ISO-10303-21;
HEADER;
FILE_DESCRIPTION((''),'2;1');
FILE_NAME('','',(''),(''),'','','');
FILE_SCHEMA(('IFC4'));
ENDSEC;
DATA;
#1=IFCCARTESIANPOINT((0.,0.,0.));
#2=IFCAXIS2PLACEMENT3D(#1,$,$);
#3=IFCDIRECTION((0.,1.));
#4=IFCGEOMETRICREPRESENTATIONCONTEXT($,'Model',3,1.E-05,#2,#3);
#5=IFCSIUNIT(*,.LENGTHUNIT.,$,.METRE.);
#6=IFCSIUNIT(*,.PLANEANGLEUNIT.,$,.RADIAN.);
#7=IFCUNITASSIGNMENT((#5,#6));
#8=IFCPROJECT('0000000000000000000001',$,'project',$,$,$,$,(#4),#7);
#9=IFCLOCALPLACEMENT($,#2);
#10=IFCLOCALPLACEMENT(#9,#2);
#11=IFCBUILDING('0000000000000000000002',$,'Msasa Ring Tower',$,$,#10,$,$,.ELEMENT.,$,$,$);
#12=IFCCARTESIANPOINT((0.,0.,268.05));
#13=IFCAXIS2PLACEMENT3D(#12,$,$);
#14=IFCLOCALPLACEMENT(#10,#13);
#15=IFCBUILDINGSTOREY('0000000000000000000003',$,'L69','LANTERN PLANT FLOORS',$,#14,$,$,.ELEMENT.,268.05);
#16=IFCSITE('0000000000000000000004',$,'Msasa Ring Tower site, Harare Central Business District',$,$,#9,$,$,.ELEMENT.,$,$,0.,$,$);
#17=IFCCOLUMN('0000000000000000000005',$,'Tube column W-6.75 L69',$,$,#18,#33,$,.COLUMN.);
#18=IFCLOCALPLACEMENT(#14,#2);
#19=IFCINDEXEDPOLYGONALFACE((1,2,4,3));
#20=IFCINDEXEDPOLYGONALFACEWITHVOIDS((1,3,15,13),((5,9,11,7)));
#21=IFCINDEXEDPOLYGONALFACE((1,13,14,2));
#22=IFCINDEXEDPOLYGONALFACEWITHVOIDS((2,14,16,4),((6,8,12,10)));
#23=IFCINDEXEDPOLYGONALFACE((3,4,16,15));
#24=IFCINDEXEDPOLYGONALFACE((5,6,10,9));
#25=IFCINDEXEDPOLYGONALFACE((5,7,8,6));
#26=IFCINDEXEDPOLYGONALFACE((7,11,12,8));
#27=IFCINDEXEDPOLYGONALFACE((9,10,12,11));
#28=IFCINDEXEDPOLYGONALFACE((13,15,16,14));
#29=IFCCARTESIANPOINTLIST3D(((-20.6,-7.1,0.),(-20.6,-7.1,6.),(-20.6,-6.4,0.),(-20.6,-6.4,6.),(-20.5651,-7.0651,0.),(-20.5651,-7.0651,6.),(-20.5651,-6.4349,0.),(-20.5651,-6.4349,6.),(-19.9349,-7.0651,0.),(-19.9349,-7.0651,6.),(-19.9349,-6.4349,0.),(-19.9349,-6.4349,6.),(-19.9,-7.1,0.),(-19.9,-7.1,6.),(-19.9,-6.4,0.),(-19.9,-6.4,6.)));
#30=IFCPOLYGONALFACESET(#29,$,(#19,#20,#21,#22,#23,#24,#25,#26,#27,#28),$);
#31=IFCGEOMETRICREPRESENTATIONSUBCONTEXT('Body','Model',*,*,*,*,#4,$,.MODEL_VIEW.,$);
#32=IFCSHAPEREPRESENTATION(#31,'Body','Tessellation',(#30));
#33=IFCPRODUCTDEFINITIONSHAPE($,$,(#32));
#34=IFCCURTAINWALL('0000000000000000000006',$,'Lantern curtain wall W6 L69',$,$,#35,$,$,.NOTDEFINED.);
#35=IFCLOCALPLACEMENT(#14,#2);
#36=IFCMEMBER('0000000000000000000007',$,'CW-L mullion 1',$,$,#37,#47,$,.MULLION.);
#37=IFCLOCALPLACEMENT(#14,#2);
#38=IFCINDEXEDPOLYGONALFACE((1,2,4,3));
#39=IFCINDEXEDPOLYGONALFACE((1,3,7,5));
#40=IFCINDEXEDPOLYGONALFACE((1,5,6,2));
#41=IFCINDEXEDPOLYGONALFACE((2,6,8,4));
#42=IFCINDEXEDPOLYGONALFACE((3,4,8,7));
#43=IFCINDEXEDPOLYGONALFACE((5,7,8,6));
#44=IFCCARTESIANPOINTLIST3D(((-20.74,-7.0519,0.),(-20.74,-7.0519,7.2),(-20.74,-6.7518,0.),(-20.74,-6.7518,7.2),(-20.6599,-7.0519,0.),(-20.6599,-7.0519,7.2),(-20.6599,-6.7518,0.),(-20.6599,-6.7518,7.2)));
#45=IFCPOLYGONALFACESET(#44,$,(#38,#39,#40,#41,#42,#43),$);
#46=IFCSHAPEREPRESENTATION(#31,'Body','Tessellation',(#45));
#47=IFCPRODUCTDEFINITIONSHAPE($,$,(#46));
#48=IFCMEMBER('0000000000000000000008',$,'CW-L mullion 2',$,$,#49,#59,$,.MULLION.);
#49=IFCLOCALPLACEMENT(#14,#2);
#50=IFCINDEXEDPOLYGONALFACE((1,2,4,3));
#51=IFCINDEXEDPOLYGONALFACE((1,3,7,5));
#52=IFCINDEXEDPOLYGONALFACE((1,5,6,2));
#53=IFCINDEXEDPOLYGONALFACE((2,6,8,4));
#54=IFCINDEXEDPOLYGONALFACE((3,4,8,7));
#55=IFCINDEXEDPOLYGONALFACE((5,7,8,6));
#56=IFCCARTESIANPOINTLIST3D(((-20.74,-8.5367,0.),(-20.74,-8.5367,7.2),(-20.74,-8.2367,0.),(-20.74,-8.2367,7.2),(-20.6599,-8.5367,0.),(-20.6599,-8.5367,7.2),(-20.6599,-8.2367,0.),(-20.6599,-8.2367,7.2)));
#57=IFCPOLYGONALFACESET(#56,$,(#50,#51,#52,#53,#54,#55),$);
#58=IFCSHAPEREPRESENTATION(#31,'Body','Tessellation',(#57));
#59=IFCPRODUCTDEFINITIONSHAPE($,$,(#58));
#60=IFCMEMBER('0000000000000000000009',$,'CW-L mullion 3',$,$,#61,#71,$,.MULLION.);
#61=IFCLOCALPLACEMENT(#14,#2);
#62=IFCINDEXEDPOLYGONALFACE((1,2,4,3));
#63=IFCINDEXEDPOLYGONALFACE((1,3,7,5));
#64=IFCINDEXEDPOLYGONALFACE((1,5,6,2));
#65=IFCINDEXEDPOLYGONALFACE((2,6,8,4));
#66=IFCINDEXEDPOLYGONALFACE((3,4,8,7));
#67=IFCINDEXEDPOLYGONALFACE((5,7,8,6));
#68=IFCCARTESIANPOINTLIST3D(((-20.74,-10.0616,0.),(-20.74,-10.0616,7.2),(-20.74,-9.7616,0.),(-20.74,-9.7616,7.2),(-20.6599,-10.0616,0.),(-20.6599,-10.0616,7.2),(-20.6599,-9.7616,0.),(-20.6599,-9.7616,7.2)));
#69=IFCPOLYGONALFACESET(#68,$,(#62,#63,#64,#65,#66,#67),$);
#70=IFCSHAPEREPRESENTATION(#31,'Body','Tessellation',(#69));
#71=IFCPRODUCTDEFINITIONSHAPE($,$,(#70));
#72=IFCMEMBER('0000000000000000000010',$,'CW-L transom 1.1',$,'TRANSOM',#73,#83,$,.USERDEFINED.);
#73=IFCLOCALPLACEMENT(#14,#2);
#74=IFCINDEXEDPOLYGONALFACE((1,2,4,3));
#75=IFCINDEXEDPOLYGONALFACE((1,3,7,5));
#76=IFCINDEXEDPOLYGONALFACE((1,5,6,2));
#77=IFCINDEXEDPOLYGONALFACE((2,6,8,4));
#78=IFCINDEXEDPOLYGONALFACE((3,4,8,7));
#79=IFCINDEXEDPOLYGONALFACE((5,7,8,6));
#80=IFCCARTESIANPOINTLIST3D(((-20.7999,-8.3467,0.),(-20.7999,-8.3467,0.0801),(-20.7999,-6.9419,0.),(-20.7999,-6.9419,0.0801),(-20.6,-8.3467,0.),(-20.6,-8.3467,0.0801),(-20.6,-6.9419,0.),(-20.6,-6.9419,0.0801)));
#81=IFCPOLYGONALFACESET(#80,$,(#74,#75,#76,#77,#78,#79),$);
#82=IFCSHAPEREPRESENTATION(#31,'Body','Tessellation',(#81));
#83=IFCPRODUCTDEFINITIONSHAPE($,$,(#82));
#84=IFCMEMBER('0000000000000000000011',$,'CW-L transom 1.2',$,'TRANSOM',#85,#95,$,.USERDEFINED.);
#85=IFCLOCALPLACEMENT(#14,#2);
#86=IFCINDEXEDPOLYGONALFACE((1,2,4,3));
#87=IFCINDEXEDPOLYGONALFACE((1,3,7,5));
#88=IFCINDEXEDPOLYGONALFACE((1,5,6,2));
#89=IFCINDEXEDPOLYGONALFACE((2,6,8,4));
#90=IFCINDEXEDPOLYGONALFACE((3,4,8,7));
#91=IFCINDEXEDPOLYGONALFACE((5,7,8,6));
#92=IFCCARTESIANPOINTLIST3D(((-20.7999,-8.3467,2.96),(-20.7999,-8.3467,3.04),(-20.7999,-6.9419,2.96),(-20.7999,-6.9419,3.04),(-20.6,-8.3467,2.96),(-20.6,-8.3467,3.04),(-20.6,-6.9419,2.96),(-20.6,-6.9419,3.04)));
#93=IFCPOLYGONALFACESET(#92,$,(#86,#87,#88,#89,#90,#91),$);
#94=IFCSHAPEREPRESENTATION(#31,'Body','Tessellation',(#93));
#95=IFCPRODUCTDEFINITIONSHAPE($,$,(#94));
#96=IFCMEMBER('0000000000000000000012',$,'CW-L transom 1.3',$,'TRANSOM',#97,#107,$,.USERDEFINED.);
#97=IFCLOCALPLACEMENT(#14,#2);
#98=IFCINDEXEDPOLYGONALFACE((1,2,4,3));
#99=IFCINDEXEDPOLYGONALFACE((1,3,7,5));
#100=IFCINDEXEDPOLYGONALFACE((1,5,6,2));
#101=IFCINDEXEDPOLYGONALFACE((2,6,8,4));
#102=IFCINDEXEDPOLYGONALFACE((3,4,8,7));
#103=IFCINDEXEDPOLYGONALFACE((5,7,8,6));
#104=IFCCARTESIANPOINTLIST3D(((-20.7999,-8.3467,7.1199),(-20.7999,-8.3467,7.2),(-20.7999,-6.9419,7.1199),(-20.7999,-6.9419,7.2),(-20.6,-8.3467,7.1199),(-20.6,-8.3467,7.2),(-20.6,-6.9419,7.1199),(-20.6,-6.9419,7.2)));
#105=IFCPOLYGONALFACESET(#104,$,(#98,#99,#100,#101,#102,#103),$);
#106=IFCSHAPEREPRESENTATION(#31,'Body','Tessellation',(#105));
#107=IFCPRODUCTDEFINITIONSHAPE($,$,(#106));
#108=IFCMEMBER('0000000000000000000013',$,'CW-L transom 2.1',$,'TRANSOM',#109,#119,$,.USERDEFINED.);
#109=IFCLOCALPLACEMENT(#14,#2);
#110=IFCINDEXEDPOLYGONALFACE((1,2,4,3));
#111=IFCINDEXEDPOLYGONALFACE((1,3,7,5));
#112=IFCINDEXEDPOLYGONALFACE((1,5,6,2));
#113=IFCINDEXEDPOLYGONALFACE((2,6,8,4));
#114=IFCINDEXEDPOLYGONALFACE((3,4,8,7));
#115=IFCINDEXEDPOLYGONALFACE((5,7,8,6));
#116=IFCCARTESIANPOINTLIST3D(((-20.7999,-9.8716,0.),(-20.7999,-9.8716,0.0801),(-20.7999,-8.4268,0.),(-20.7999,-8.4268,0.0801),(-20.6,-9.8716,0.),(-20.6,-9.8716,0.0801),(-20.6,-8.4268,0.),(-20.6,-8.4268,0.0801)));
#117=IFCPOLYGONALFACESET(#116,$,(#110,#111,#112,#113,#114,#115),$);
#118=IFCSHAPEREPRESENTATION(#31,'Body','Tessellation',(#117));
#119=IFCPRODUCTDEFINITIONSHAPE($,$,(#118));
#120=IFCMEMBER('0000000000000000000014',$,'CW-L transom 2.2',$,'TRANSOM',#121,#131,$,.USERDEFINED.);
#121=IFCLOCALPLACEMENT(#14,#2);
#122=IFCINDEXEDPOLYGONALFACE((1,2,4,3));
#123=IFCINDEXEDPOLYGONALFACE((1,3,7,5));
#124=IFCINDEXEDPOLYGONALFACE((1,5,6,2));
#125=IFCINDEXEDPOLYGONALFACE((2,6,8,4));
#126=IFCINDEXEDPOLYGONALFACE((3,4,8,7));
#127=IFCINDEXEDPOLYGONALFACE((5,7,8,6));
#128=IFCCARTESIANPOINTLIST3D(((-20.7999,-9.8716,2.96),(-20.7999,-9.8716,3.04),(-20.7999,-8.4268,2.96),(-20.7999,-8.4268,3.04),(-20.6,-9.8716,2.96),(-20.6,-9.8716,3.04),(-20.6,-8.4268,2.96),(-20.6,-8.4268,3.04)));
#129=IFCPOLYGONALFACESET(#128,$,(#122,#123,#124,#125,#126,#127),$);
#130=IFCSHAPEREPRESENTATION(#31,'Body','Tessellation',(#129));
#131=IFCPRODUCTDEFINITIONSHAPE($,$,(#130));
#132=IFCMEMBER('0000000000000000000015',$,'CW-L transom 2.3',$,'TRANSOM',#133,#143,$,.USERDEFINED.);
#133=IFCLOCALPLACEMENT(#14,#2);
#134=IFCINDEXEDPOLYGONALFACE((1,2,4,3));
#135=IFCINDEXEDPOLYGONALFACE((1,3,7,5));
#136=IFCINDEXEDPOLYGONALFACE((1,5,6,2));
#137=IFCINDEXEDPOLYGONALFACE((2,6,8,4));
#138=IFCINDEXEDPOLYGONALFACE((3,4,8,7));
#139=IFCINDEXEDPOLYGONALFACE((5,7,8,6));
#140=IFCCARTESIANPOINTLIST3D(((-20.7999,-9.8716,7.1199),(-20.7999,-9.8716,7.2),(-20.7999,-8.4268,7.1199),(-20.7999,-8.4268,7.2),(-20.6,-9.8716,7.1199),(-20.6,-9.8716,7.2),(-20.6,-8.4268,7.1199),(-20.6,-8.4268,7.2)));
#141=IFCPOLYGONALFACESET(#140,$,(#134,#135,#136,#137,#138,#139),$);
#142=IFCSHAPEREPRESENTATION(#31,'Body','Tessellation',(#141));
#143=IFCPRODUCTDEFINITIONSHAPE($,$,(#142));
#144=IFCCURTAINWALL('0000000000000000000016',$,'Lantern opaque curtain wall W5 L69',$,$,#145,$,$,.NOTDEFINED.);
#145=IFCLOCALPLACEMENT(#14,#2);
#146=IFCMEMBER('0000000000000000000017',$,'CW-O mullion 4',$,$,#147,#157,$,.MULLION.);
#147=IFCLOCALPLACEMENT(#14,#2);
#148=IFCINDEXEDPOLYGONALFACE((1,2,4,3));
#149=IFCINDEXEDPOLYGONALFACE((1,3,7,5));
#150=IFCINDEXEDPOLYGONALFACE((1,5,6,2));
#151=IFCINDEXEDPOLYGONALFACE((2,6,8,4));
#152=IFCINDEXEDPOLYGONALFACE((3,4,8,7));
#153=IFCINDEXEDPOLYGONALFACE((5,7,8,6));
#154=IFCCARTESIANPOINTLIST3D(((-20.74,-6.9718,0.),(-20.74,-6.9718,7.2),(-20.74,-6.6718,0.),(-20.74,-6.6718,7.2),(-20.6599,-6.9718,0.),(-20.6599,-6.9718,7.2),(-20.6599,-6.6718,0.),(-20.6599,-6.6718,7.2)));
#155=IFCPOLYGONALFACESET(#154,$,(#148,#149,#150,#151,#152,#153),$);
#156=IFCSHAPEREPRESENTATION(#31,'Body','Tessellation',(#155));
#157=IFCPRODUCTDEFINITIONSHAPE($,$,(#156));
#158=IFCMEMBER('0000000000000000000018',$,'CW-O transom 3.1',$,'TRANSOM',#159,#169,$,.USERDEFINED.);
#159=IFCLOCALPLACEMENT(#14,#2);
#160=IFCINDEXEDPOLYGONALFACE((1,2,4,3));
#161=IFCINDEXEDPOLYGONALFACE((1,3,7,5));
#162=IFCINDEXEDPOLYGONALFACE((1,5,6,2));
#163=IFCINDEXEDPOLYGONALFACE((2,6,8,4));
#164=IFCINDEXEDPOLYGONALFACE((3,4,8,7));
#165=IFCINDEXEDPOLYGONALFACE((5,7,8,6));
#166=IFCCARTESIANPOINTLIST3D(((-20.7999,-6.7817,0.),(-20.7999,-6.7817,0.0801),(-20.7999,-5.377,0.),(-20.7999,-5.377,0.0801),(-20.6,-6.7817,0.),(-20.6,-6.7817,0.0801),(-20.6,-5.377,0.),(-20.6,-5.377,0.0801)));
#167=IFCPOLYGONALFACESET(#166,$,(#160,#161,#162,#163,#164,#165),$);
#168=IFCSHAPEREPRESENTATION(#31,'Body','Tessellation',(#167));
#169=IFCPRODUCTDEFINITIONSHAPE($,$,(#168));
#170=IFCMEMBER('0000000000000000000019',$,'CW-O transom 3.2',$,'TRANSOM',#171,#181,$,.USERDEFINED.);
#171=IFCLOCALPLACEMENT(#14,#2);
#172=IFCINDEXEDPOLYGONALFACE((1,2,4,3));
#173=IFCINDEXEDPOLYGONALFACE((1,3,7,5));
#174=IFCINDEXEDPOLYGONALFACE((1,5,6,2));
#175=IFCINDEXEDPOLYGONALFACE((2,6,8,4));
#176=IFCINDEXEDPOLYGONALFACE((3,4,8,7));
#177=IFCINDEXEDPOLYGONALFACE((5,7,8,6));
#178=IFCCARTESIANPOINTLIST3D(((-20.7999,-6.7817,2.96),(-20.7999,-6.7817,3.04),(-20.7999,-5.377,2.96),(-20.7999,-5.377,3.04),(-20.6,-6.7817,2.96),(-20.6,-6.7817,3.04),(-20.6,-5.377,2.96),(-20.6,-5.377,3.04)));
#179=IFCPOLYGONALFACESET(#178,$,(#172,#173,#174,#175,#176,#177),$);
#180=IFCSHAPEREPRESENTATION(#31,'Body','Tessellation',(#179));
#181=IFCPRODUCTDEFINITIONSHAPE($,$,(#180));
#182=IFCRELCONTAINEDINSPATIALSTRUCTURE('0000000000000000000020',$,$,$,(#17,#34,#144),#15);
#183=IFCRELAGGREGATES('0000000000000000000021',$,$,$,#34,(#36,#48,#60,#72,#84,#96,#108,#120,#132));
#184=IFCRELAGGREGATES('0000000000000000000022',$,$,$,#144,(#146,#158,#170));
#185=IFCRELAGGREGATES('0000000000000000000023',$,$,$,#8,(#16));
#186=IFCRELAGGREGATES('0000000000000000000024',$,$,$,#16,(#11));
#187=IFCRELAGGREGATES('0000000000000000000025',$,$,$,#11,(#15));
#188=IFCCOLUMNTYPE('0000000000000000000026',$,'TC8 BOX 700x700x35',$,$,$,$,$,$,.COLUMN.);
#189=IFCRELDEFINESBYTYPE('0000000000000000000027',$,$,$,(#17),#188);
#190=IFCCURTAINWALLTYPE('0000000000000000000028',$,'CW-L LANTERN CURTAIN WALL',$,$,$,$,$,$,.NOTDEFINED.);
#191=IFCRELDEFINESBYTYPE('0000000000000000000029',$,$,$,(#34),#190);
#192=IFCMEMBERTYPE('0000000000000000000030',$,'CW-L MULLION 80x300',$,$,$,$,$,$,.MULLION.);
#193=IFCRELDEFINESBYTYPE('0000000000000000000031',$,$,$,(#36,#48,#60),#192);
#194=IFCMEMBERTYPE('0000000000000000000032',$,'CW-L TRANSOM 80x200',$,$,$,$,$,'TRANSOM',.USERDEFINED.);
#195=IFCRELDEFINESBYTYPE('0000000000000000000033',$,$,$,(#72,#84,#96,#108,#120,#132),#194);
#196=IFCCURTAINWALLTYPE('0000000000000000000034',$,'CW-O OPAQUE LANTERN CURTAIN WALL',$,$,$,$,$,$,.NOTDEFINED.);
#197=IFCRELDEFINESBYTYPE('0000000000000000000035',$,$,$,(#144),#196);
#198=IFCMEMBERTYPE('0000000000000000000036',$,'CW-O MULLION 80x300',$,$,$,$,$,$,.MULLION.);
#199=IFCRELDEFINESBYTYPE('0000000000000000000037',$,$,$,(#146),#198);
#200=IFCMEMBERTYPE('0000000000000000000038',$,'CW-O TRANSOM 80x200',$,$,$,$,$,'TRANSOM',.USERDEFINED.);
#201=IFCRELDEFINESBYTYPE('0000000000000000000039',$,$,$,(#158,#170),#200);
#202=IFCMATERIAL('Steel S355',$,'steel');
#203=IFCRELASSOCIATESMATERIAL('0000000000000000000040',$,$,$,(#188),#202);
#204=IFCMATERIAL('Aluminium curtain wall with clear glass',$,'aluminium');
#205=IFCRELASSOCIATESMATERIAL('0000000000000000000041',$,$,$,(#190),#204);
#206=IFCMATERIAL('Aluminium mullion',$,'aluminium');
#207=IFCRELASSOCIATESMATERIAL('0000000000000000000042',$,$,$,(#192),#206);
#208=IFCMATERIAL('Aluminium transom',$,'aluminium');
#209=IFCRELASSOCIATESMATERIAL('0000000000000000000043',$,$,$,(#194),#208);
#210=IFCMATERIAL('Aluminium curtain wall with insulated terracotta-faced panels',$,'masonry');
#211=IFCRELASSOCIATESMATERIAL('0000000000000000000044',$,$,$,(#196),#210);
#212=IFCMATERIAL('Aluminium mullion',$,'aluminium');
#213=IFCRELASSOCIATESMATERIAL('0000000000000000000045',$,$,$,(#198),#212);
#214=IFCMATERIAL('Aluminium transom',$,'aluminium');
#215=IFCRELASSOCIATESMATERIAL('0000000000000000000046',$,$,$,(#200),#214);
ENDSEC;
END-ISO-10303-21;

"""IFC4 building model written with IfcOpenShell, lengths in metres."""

from ifc_helpers import new_model, si_unit, direction, frame, origin, origin_2d, place, context, subcontext, project, spatial, rectangle, hollow_rectangle, extrude, material, material_profile, profile_set, type_object, element, aggregate, save


model = new_model("IFC4")

# Units and contexts
model_context = context("Model", 3, precision=1e-05, world=origin(), true_north=direction((0.0, 1.0)))
body_context = subcontext(model_context, "Body", "Model", "MODEL_VIEW")
ifc_project = project(units=[si_unit("LENGTHUNIT", "METRE"), si_unit("PLANEANGLEUNIT", "RADIAN")], contexts=[model_context])

# Site, building, storey
site_placement = place(None, origin())
site = spatial("IfcSite", under=ifc_project, at=site_placement, Name="Msasa Ring Tower site, Harare Central Business District", CompositionType="ELEMENT", RefElevation=0.0)
building_placement = place(site_placement, origin())
building = spatial("IfcBuilding", under=site, at=building_placement, Name="Msasa Ring Tower", CompositionType="ELEMENT")
storey_placement = place(building_placement, frame((0.0, 0.0, 268.05)))
storey = spatial("IfcBuildingStorey", under=building, at=storey_placement, Name="L69", Description="LANTERN PLANT FLOORS", CompositionType="ELEMENT", Elevation=268.05)

# Column
ifc_material_1 = material(Name="Steel S355", Category="steel")
ifc_material_profile_1 = material_profile(ifc_material_1, hollow_rectangle(XDim=0.7, YDim=0.7, WallThickness=0.0349, at=origin_2d()), Name="BOX 700x700x35")
ifc_profile_set_1 = profile_set([ifc_material_profile_1], Name="Steel S355")
column_type = type_object("IfcColumnType", Name="TC8 BOX 700x700x35", PredefinedType="COLUMN", material=ifc_profile_set_1)
column_placement = place(storey_placement, frame((-20.25, -6.75, 0.0), z_axis=(0.0, 0.0, 1.0), x_axis=(1.0, 0.0, 0.0)))
element("IfcColumn", 1, at=column_placement, inside=storey, type_object=column_type, Name="Tube column W-6.75 L69", PredefinedType="COLUMN", context=body_context, shape_type="SweptSolid", body=[
    extrude(hollow_rectangle(XDim=0.7, YDim=0.7, WallThickness=0.0349, at=origin_2d()), origin(), (0.0, 0.0, 1.0), 6.0),
])

# Curtain walls, members
ifc_material_2 = material(Name="Aluminium curtain wall with clear glass", Category="aluminium")
curtain_wall_type_1 = type_object("IfcCurtainWallType", Name="CW-L LANTERN CURTAIN WALL", PredefinedType="NOTDEFINED", material=ifc_material_2)
curtain_wall_1_placement = place(storey_placement, origin())
curtain_wall_1 = element("IfcCurtainWall", 2, at=curtain_wall_1_placement, inside=storey, type_object=curtain_wall_type_1, Name="Lantern curtain wall W6 L69", PredefinedType="NOTDEFINED")
ifc_material_3 = material(Name="Aluminium mullion", Category="aluminium")
ifc_material_profile_2 = material_profile(ifc_material_3, rectangle(XDim=0.0801, YDim=0.3, at=origin_2d()), Name="AL 80x300")
ifc_profile_set_2 = profile_set([ifc_material_profile_2], Name="Aluminium mullion")
member_type_1 = type_object("IfcMemberType", Name="CW-L MULLION 80x300", PredefinedType="MULLION", material=ifc_profile_set_2)
member_1_placement = place(storey_placement, frame((-20.7, -6.9019, 0.0), z_axis=(0.0, 0.0, 1.0), x_axis=(1.0, 0.0, 0.0)))
member_1 = element("IfcMember", 3, at=member_1_placement, type_object=member_type_1, Name="CW-L mullion 1", PredefinedType="MULLION", context=body_context, shape_type="SweptSolid", body=[
    extrude(rectangle(XDim=0.0801, YDim=0.3, at=origin_2d()), origin(), (0.0, 0.0, 1.0), 7.2),
])
member_2_placement = place(storey_placement, frame((-20.7, -8.3867, 0.0), z_axis=(0.0, 0.0, 1.0), x_axis=(1.0, 0.0, 0.0)))
member_2 = element("IfcMember", 4, at=member_2_placement, type_object=member_type_1, Name="CW-L mullion 2", PredefinedType="MULLION", context=body_context, shape_type="SweptSolid", body=[
    extrude(rectangle(XDim=0.0801, YDim=0.3, at=origin_2d()), origin(), (0.0, 0.0, 1.0), 7.2),
])
member_3_placement = place(storey_placement, frame((-20.7, -9.9116, 0.0), z_axis=(0.0, 0.0, 1.0), x_axis=(1.0, 0.0, 0.0)))
member_3 = element("IfcMember", 5, at=member_3_placement, type_object=member_type_1, Name="CW-L mullion 3", PredefinedType="MULLION", context=body_context, shape_type="SweptSolid", body=[
    extrude(rectangle(XDim=0.0801, YDim=0.3, at=origin_2d()), origin(), (0.0, 0.0, 1.0), 7.2),
])
ifc_material_4 = material(Name="Aluminium transom", Category="aluminium")
ifc_material_profile_3 = material_profile(ifc_material_4, rectangle(XDim=0.2, YDim=0.0801, at=origin_2d()), Name="AL 80x200")
ifc_profile_set_3 = profile_set([ifc_material_profile_3], Name="Aluminium transom")
member_type_2 = type_object("IfcMemberType", Name="CW-L TRANSOM 80x200", ElementType="TRANSOM", PredefinedType="USERDEFINED", material=ifc_profile_set_3)
member_4_placement = place(storey_placement, frame((-20.7, -6.9419, 0.04), z_axis=(0.0, -1.0, 0.0), x_axis=(1.0, 0.0, 0.0)))
member_4 = element("IfcMember", 6, at=member_4_placement, type_object=member_type_2, Name="CW-L transom 1.1", ObjectType="TRANSOM", PredefinedType="USERDEFINED", context=body_context, shape_type="SweptSolid", body=[
    extrude(rectangle(XDim=0.2, YDim=0.0801, at=origin_2d()), origin(), (0.0, 0.0, 1.0), 1.4048),
])
member_5_placement = place(storey_placement, frame((-20.7, -6.9419, 3.0), z_axis=(0.0, -1.0, 0.0), x_axis=(1.0, 0.0, 0.0)))
member_5 = element("IfcMember", 7, at=member_5_placement, type_object=member_type_2, Name="CW-L transom 1.2", ObjectType="TRANSOM", PredefinedType="USERDEFINED", context=body_context, shape_type="SweptSolid", body=[
    extrude(rectangle(XDim=0.2, YDim=0.0801, at=origin_2d()), origin(), (0.0, 0.0, 1.0), 1.4048),
])
member_6_placement = place(storey_placement, frame((-20.7, -6.9419, 7.1599), z_axis=(0.0, -1.0, 0.0), x_axis=(1.0, 0.0, 0.0)))
member_6 = element("IfcMember", 8, at=member_6_placement, type_object=member_type_2, Name="CW-L transom 1.3", ObjectType="TRANSOM", PredefinedType="USERDEFINED", context=body_context, shape_type="SweptSolid", body=[
    extrude(rectangle(XDim=0.2, YDim=0.0801, at=origin_2d()), origin(), (0.0, 0.0, 1.0), 1.4048),
])
member_7_placement = place(storey_placement, frame((-20.7, -8.4268, 0.04), z_axis=(0.0, -1.0, 0.0), x_axis=(1.0, 0.0, 0.0)))
member_7 = element("IfcMember", 9, at=member_7_placement, type_object=member_type_2, Name="CW-L transom 2.1", ObjectType="TRANSOM", PredefinedType="USERDEFINED", context=body_context, shape_type="SweptSolid", body=[
    extrude(rectangle(XDim=0.2, YDim=0.0801, at=origin_2d()), origin(), (0.0, 0.0, 1.0), 1.4448),
])
member_8_placement = place(storey_placement, frame((-20.7, -8.4268, 3.0), z_axis=(0.0, -1.0, 0.0), x_axis=(1.0, 0.0, 0.0)))
member_8 = element("IfcMember", 10, at=member_8_placement, type_object=member_type_2, Name="CW-L transom 2.2", ObjectType="TRANSOM", PredefinedType="USERDEFINED", context=body_context, shape_type="SweptSolid", body=[
    extrude(rectangle(XDim=0.2, YDim=0.0801, at=origin_2d()), origin(), (0.0, 0.0, 1.0), 1.4448),
])
member_9_placement = place(storey_placement, frame((-20.7, -8.4268, 7.1599), z_axis=(0.0, -1.0, 0.0), x_axis=(1.0, 0.0, 0.0)))
member_9 = element("IfcMember", 11, at=member_9_placement, type_object=member_type_2, Name="CW-L transom 2.3", ObjectType="TRANSOM", PredefinedType="USERDEFINED", context=body_context, shape_type="SweptSolid", body=[
    extrude(rectangle(XDim=0.2, YDim=0.0801, at=origin_2d()), origin(), (0.0, 0.0, 1.0), 1.4448),
])
ifc_material_5 = material(Name="Aluminium curtain wall with insulated terracotta-faced panels", Category="masonry")
curtain_wall_type_2 = type_object("IfcCurtainWallType", Name="CW-O OPAQUE LANTERN CURTAIN WALL", PredefinedType="NOTDEFINED", material=ifc_material_5)
curtain_wall_2_placement = place(storey_placement, origin())
curtain_wall_2 = element("IfcCurtainWall", 12, at=curtain_wall_2_placement, inside=storey, type_object=curtain_wall_type_2, Name="Lantern opaque curtain wall W5 L69", PredefinedType="NOTDEFINED")
ifc_material_6 = material(Name="Aluminium mullion", Category="aluminium")
ifc_material_profile_4 = material_profile(ifc_material_6, rectangle(XDim=0.0801, YDim=0.3, at=origin_2d()), Name="AL 80x300")
ifc_profile_set_4 = profile_set([ifc_material_profile_4], Name="Aluminium mullion")
member_type_3 = type_object("IfcMemberType", Name="CW-O MULLION 80x300", PredefinedType="MULLION", material=ifc_profile_set_4)
member_10_placement = place(storey_placement, frame((-20.7, -6.8218, 0.0), z_axis=(0.0, 0.0, 1.0), x_axis=(1.0, 0.0, 0.0)))
member_10 = element("IfcMember", 13, at=member_10_placement, type_object=member_type_3, Name="CW-O mullion 4", PredefinedType="MULLION", context=body_context, shape_type="SweptSolid", body=[
    extrude(rectangle(XDim=0.0801, YDim=0.3, at=origin_2d()), origin(), (0.0, 0.0, 1.0), 7.2),
])
ifc_material_7 = material(Name="Aluminium transom", Category="aluminium")
ifc_material_profile_5 = material_profile(ifc_material_7, rectangle(XDim=0.2, YDim=0.0801, at=origin_2d()), Name="AL 80x200")
ifc_profile_set_5 = profile_set([ifc_material_profile_5], Name="Aluminium transom")
member_type_4 = type_object("IfcMemberType", Name="CW-O TRANSOM 80x200", ElementType="TRANSOM", PredefinedType="USERDEFINED", material=ifc_profile_set_5)
member_11_placement = place(storey_placement, frame((-20.7, -5.377, 0.04), z_axis=(0.0, -1.0, 0.0), x_axis=(1.0, 0.0, 0.0)))
member_11 = element("IfcMember", 14, at=member_11_placement, type_object=member_type_4, Name="CW-O transom 3.1", ObjectType="TRANSOM", PredefinedType="USERDEFINED", context=body_context, shape_type="SweptSolid", body=[
    extrude(rectangle(XDim=0.2, YDim=0.0801, at=origin_2d()), origin(), (0.0, 0.0, 1.0), 1.4048),
])
member_12_placement = place(storey_placement, frame((-20.7, -5.377, 3.0), z_axis=(0.0, -1.0, 0.0), x_axis=(1.0, 0.0, 0.0)))
member_12 = element("IfcMember", 15, at=member_12_placement, type_object=member_type_4, Name="CW-O transom 3.2", ObjectType="TRANSOM", PredefinedType="USERDEFINED", context=body_context, shape_type="SweptSolid", body=[
    extrude(rectangle(XDim=0.2, YDim=0.0801, at=origin_2d()), origin(), (0.0, 0.0, 1.0), 1.4048),
])

aggregate(curtain_wall_1, [member_1, member_2, member_3, member_4, member_5, member_6, member_7, member_8, member_9])
aggregate(curtain_wall_2, [member_10, member_11, member_12])

save(model, "model.ifc")
